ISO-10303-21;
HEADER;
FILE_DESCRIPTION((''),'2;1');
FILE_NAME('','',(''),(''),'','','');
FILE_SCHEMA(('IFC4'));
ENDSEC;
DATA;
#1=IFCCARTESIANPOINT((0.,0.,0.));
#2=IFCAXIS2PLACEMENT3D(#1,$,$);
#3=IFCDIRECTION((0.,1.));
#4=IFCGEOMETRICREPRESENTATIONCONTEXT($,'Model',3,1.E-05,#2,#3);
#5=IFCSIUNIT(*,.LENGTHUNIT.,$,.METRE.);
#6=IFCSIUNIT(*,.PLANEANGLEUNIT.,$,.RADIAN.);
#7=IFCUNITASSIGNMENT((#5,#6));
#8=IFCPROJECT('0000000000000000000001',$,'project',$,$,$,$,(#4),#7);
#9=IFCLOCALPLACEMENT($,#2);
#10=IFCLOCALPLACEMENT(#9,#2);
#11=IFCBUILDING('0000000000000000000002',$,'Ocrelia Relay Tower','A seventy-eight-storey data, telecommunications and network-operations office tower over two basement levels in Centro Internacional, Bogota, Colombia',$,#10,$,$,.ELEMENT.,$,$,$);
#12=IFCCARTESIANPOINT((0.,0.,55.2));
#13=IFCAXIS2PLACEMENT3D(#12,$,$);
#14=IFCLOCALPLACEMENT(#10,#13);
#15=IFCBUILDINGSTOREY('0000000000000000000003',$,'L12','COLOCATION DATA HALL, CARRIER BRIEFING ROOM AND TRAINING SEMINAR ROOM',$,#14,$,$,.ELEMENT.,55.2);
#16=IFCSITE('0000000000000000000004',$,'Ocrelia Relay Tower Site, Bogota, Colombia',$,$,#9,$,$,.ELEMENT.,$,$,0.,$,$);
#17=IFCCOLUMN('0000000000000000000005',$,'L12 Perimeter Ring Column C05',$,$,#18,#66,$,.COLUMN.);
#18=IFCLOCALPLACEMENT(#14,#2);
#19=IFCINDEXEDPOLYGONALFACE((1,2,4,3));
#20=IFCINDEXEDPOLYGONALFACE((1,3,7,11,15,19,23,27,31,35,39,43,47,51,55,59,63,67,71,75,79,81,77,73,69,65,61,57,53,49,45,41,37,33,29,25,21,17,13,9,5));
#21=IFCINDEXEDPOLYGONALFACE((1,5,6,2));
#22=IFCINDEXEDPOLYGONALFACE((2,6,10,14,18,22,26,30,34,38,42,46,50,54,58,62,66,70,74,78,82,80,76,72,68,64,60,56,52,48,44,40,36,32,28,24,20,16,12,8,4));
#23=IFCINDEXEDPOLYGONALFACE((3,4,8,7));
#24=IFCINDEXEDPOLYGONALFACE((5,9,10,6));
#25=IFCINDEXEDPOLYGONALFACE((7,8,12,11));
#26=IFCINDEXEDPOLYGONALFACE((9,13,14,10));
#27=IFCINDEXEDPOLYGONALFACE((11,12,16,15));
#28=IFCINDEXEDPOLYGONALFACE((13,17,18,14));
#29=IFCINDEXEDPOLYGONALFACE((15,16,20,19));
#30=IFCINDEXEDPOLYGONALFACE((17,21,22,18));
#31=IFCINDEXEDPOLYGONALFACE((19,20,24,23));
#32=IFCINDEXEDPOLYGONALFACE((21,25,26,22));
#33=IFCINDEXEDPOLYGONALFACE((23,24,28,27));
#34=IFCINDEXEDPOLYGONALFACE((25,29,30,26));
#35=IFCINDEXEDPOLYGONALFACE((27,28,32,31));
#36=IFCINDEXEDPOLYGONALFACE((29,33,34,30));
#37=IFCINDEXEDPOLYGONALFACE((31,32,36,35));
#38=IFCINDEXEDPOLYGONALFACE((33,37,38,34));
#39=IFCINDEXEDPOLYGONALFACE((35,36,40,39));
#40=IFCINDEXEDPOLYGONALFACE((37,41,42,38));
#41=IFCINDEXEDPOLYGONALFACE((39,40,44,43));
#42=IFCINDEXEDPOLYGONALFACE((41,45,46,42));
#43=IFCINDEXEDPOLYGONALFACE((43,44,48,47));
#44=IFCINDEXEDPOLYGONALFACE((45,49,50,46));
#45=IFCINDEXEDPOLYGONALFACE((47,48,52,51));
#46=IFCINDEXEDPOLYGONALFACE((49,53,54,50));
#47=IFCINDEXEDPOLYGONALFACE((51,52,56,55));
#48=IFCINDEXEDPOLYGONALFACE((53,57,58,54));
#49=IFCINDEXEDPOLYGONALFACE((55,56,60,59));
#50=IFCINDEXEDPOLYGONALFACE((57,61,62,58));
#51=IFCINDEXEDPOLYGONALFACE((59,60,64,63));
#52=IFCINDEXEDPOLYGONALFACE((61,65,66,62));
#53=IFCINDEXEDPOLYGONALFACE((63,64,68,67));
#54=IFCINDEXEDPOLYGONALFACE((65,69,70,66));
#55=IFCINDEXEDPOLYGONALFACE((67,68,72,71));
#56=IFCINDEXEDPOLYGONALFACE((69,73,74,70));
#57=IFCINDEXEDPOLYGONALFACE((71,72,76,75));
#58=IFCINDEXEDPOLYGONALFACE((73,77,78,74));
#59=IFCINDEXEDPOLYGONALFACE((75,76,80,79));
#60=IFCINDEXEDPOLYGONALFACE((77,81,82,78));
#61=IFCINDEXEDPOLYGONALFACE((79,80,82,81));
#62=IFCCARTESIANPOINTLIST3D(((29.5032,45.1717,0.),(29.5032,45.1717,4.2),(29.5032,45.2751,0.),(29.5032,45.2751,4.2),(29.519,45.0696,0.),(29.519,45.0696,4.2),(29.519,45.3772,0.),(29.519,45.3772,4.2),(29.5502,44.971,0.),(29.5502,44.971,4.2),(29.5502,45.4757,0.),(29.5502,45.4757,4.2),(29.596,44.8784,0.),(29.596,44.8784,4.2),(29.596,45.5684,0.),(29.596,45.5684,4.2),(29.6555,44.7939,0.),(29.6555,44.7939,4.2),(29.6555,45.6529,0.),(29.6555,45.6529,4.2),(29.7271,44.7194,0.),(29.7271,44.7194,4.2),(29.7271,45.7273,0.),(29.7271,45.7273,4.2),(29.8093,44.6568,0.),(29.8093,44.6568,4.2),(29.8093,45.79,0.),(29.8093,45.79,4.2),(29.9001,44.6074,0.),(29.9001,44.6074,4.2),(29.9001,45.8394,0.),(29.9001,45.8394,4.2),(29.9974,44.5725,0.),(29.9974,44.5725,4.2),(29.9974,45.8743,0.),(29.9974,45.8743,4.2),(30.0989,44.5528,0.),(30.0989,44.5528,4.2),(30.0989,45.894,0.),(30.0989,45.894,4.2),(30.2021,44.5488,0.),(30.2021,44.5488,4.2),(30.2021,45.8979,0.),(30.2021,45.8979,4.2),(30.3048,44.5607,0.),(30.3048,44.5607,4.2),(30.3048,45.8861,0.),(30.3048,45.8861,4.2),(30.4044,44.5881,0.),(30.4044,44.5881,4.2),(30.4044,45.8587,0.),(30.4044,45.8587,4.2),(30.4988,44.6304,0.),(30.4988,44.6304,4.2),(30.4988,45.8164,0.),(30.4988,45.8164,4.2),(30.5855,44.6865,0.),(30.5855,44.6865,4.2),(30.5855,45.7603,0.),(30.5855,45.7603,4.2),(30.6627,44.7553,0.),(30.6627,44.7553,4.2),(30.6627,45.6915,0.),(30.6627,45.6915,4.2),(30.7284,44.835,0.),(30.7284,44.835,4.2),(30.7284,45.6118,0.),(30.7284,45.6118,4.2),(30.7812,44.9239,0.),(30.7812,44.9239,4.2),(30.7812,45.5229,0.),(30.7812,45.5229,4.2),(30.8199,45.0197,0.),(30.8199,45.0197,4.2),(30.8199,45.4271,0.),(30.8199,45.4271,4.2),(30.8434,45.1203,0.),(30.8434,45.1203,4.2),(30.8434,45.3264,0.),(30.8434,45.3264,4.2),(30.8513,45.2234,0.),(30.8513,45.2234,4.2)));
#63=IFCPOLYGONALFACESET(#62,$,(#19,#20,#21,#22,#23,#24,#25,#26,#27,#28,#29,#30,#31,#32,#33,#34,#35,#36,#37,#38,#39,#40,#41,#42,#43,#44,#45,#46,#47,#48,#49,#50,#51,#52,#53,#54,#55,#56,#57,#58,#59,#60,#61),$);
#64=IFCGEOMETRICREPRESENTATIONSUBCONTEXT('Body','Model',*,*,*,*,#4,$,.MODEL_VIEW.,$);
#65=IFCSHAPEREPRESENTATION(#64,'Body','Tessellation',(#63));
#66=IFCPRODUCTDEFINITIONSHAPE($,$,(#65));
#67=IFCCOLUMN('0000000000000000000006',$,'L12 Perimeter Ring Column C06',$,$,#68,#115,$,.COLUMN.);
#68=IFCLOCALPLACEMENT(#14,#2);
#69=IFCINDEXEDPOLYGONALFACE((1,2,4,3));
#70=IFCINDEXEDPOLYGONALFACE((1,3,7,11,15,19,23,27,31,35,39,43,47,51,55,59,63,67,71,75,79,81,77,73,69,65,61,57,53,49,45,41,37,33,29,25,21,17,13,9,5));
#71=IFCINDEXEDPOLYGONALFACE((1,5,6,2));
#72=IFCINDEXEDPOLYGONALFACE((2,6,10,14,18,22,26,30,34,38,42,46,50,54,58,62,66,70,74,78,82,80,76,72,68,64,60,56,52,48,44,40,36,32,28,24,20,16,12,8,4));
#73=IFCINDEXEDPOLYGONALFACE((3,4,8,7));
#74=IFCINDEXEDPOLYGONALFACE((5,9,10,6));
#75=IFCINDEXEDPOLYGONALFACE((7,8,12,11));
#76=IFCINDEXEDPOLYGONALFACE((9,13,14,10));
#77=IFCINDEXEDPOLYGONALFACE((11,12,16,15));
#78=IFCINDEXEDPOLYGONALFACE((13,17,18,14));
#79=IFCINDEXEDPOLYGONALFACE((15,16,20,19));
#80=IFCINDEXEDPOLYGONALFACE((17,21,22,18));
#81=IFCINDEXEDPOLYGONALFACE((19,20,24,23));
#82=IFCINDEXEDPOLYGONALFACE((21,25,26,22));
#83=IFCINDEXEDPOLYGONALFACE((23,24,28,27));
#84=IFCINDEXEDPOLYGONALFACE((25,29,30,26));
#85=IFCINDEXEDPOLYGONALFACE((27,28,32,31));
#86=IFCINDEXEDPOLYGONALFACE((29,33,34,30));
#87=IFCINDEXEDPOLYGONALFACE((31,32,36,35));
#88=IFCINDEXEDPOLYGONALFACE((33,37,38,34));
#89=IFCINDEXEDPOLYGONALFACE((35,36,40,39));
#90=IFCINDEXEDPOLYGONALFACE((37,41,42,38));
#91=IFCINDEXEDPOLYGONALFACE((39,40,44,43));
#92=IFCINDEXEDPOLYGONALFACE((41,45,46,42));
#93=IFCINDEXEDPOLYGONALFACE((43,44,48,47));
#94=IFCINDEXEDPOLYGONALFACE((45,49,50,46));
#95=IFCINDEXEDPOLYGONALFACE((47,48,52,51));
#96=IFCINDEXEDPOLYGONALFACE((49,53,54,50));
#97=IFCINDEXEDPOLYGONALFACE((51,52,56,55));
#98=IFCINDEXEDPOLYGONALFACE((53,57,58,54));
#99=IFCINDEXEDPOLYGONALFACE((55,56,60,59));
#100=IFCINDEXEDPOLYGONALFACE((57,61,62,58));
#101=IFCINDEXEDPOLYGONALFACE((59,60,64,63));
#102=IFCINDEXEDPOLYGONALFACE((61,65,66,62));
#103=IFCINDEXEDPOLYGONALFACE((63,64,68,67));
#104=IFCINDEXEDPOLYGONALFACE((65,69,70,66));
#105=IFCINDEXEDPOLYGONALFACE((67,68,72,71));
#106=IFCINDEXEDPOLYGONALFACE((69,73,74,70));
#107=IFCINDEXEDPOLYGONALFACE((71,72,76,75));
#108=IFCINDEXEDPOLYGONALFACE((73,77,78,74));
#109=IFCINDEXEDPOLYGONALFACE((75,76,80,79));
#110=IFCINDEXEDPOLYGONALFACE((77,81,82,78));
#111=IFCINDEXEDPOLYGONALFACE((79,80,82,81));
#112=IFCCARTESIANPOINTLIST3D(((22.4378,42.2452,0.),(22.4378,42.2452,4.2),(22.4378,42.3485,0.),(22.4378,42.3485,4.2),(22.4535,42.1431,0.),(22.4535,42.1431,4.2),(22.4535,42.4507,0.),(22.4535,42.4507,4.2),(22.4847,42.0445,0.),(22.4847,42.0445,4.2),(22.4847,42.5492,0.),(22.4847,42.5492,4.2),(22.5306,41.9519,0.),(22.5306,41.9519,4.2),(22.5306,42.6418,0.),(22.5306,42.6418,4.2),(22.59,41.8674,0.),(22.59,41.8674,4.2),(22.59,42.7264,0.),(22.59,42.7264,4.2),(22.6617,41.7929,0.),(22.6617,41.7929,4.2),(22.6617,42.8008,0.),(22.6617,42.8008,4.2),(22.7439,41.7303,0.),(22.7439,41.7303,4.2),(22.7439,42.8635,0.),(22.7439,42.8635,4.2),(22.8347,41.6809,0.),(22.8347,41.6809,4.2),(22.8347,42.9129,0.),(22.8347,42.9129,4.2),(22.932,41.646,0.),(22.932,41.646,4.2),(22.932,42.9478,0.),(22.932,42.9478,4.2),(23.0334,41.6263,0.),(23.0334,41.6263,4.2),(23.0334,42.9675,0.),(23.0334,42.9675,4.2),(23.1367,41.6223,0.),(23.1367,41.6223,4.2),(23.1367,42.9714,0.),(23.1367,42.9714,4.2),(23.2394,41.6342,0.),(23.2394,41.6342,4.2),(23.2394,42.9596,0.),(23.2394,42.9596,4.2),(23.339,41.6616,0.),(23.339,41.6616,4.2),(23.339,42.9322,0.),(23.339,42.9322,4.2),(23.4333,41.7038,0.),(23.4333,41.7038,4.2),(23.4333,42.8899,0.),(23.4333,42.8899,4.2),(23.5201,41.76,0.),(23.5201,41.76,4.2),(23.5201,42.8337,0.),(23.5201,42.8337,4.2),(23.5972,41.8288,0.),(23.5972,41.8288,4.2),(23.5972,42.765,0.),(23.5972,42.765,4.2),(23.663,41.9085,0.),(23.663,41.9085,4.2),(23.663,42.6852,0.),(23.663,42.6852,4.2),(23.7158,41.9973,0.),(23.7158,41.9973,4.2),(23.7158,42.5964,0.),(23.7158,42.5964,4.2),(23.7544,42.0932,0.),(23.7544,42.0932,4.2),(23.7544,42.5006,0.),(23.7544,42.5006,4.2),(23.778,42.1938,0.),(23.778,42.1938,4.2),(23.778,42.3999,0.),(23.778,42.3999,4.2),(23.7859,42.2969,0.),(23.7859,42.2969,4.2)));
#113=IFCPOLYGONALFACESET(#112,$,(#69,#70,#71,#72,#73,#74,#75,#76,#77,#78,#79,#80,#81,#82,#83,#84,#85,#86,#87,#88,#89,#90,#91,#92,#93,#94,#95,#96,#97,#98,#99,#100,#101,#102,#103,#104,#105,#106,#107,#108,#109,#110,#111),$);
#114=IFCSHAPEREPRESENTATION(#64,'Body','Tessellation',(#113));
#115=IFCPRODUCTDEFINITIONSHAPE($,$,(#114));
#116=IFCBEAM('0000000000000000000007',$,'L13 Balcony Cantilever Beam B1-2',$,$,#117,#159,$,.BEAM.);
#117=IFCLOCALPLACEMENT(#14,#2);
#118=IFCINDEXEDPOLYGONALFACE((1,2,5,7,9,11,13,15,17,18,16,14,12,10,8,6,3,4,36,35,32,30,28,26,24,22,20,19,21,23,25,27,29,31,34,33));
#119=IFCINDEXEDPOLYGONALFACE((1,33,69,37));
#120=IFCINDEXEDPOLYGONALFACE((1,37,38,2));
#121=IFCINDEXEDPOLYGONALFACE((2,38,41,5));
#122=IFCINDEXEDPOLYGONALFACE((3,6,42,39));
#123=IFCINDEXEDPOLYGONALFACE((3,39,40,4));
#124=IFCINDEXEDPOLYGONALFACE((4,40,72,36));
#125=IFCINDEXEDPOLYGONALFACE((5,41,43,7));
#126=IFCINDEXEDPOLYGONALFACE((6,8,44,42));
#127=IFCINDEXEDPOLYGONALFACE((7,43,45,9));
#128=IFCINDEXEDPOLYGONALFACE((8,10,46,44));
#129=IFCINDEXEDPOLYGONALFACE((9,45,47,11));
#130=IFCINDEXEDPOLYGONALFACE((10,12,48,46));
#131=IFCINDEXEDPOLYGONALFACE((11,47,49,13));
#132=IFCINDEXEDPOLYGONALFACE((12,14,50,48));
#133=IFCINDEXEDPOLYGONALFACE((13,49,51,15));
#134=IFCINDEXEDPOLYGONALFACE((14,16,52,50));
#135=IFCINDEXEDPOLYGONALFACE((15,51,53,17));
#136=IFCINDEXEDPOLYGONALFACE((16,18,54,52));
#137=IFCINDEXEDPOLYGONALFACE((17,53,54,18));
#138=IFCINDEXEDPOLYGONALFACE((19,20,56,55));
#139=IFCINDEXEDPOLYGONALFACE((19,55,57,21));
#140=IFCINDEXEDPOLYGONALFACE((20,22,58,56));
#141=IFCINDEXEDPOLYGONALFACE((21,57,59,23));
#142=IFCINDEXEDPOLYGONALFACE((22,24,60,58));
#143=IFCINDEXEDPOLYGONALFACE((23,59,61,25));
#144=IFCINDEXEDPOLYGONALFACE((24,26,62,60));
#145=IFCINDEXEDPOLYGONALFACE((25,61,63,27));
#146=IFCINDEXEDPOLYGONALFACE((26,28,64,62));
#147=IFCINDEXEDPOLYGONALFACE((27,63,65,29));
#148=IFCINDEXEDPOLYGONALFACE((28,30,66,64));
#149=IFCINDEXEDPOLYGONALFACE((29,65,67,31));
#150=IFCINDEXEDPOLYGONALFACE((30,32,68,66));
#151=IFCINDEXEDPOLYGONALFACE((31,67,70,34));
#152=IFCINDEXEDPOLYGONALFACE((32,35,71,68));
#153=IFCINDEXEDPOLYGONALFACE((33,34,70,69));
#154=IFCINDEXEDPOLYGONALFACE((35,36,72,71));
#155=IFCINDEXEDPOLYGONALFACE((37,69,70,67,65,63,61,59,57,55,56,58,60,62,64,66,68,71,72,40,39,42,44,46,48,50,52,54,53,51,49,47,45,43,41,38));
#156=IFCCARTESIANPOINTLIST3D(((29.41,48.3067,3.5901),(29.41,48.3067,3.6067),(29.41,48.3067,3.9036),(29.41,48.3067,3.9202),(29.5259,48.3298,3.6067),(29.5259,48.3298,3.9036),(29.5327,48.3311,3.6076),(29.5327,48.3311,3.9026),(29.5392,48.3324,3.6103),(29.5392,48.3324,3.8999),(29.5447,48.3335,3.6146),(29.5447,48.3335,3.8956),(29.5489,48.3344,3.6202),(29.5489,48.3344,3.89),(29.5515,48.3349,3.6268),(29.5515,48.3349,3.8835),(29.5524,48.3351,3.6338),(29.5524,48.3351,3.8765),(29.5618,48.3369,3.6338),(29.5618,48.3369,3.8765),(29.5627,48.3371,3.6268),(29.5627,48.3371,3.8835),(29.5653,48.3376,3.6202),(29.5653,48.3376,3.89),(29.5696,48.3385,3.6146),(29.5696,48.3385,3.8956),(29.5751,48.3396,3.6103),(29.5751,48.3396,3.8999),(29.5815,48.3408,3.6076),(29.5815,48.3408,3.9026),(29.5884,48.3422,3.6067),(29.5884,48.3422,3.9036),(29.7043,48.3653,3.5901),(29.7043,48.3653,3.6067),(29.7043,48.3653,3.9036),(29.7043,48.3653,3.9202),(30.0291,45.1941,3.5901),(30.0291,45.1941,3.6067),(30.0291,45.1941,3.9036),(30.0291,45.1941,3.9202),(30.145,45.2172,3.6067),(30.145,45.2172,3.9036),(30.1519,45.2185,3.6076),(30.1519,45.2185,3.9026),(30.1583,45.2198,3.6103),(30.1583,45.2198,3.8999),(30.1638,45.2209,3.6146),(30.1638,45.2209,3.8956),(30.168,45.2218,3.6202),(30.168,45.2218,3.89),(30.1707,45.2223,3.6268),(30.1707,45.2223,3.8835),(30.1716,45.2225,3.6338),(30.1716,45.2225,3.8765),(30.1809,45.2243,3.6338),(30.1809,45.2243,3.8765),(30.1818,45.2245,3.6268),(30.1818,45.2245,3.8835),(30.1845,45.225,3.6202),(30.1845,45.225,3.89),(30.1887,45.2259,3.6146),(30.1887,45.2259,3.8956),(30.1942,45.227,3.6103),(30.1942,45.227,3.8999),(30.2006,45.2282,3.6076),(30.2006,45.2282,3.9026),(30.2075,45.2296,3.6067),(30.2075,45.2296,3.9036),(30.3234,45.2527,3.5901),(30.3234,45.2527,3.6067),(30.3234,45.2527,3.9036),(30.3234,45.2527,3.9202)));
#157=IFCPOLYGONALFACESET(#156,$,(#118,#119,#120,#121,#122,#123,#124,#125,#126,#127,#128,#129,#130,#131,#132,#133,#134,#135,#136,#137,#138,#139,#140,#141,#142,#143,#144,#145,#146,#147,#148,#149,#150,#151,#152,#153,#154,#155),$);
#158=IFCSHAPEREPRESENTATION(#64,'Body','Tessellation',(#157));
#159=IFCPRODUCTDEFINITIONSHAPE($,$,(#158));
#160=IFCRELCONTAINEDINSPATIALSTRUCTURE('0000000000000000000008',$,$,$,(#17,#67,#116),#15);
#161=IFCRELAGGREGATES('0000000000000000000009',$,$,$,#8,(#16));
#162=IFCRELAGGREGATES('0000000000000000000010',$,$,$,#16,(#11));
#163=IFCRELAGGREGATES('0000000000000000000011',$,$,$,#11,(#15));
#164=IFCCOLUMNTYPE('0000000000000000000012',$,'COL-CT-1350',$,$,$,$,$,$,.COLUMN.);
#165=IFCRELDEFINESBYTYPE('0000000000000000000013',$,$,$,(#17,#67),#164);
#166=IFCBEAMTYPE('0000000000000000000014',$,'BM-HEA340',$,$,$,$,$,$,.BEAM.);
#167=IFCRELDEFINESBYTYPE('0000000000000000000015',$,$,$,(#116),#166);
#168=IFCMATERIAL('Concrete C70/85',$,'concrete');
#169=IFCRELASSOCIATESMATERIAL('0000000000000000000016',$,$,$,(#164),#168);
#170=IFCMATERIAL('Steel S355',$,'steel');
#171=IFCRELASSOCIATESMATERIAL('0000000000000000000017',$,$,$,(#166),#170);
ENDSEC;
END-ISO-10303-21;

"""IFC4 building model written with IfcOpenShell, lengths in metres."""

from ifc_helpers import new_model, si_unit, direction, frame, origin, origin_2d, place, context, subcontext, project, spatial, circle, i_section, extrude, material, material_profile, profile_set, type_object, element, save


model = new_model("IFC4")

# Units and contexts
model_context = context("Model", 3, precision=1e-05, world=origin(), true_north=direction((0.0, 1.0)))
body_context = subcontext(model_context, "Body", "Model", "MODEL_VIEW")
ifc_project = project(units=[si_unit("LENGTHUNIT", "METRE"), si_unit("PLANEANGLEUNIT", "RADIAN")], contexts=[model_context])

# Site, building, storey
site_placement = place(None, origin())
site = spatial("IfcSite", under=ifc_project, at=site_placement, Name="Ocrelia Relay Tower Site, Bogota, Colombia", CompositionType="ELEMENT", RefElevation=0.0)
building_placement = place(site_placement, origin())
building = spatial("IfcBuilding", under=site, at=building_placement, Name="Ocrelia Relay Tower", Description="A seventy-eight-storey data, telecommunications and network-operations office tower over two basement levels in Centro Internacional, Bogota, Colombia", CompositionType="ELEMENT")
storey_placement = place(building_placement, frame((0.0, 0.0, 55.2)))
storey = spatial("IfcBuildingStorey", under=building, at=storey_placement, Name="L12", Description="COLOCATION DATA HALL, CARRIER BRIEFING ROOM AND TRAINING SEMINAR ROOM", CompositionType="ELEMENT", Elevation=55.2)

# Columns
ifc_material_1 = material(Name="Concrete C70/85", Category="concrete")
ifc_material_profile_1 = material_profile(ifc_material_1, circle(Radius=0.675, at=origin_2d()), Name="RC-CIR-1350")
ifc_profile_set_1 = profile_set([ifc_material_profile_1], Name="Concrete C70/85")
column_type = type_object("IfcColumnType", Name="COL-CT-1350", PredefinedType="COLUMN", material=ifc_profile_set_1)
for number, where, z_axis, x_axis, name in (
    (1, (30.1763, 45.2234, 0.0), (0.0, 0.0, 1.0), (1.0, 0.0, 0.0), "L12 Perimeter Ring Column C05"),
    (2, (23.1108, 42.2969, 0.0), (0.0, 0.0, 1.0), (1.0, 0.0, 0.0), "L12 Perimeter Ring Column C06"),
):
    element("IfcColumn", number, at=place(storey_placement, frame(where, z_axis=z_axis, x_axis=x_axis)), inside=storey, type_object=column_type, Name=name, PredefinedType="COLUMN", context=body_context, shape_type="SweptSolid", body=[
        extrude(circle(Radius=0.675, at=origin_2d()), origin(), (0.0, 0.0, 1.0), 4.2),
    ])

# Beam
ifc_material_2 = material(Name="Steel S355", Category="steel")
ifc_material_profile_2 = material_profile(ifc_material_2, i_section(OverallWidth=0.3, OverallDepth=0.3301, WebThickness=0.0095, FlangeThickness=0.0166, FilletRadius=0.0271, at=origin_2d()), Name="HEA 340")
ifc_profile_set_2 = profile_set([ifc_material_profile_2], Name="Steel S355")
beam_type_1 = type_object("IfcBeamType", Name="BM-HEA340", PredefinedType="BEAM", material=ifc_profile_set_2)
beam_1_placement = place(storey_placement, frame((30.1763, 45.2234, 3.7551), z_axis=(-0.195095, 0.980784, 0.0), x_axis=(-0.980784, -0.195095, 0.0)))
element("IfcBeam", 3, at=beam_1_placement, inside=storey, type_object=beam_type_1, Name="L13 Balcony Cantilever Beam B1-2", PredefinedType="BEAM", context=body_context, shape_type="SweptSolid", body=[
    extrude(i_section(OverallWidth=0.3, OverallDepth=0.3301, WebThickness=0.0095, FlangeThickness=0.0166, FilletRadius=0.0271, at=origin_2d()), origin(), (0.0, 0.0, 1.0), 3.1736),
])

save(model, "model.ifc")
